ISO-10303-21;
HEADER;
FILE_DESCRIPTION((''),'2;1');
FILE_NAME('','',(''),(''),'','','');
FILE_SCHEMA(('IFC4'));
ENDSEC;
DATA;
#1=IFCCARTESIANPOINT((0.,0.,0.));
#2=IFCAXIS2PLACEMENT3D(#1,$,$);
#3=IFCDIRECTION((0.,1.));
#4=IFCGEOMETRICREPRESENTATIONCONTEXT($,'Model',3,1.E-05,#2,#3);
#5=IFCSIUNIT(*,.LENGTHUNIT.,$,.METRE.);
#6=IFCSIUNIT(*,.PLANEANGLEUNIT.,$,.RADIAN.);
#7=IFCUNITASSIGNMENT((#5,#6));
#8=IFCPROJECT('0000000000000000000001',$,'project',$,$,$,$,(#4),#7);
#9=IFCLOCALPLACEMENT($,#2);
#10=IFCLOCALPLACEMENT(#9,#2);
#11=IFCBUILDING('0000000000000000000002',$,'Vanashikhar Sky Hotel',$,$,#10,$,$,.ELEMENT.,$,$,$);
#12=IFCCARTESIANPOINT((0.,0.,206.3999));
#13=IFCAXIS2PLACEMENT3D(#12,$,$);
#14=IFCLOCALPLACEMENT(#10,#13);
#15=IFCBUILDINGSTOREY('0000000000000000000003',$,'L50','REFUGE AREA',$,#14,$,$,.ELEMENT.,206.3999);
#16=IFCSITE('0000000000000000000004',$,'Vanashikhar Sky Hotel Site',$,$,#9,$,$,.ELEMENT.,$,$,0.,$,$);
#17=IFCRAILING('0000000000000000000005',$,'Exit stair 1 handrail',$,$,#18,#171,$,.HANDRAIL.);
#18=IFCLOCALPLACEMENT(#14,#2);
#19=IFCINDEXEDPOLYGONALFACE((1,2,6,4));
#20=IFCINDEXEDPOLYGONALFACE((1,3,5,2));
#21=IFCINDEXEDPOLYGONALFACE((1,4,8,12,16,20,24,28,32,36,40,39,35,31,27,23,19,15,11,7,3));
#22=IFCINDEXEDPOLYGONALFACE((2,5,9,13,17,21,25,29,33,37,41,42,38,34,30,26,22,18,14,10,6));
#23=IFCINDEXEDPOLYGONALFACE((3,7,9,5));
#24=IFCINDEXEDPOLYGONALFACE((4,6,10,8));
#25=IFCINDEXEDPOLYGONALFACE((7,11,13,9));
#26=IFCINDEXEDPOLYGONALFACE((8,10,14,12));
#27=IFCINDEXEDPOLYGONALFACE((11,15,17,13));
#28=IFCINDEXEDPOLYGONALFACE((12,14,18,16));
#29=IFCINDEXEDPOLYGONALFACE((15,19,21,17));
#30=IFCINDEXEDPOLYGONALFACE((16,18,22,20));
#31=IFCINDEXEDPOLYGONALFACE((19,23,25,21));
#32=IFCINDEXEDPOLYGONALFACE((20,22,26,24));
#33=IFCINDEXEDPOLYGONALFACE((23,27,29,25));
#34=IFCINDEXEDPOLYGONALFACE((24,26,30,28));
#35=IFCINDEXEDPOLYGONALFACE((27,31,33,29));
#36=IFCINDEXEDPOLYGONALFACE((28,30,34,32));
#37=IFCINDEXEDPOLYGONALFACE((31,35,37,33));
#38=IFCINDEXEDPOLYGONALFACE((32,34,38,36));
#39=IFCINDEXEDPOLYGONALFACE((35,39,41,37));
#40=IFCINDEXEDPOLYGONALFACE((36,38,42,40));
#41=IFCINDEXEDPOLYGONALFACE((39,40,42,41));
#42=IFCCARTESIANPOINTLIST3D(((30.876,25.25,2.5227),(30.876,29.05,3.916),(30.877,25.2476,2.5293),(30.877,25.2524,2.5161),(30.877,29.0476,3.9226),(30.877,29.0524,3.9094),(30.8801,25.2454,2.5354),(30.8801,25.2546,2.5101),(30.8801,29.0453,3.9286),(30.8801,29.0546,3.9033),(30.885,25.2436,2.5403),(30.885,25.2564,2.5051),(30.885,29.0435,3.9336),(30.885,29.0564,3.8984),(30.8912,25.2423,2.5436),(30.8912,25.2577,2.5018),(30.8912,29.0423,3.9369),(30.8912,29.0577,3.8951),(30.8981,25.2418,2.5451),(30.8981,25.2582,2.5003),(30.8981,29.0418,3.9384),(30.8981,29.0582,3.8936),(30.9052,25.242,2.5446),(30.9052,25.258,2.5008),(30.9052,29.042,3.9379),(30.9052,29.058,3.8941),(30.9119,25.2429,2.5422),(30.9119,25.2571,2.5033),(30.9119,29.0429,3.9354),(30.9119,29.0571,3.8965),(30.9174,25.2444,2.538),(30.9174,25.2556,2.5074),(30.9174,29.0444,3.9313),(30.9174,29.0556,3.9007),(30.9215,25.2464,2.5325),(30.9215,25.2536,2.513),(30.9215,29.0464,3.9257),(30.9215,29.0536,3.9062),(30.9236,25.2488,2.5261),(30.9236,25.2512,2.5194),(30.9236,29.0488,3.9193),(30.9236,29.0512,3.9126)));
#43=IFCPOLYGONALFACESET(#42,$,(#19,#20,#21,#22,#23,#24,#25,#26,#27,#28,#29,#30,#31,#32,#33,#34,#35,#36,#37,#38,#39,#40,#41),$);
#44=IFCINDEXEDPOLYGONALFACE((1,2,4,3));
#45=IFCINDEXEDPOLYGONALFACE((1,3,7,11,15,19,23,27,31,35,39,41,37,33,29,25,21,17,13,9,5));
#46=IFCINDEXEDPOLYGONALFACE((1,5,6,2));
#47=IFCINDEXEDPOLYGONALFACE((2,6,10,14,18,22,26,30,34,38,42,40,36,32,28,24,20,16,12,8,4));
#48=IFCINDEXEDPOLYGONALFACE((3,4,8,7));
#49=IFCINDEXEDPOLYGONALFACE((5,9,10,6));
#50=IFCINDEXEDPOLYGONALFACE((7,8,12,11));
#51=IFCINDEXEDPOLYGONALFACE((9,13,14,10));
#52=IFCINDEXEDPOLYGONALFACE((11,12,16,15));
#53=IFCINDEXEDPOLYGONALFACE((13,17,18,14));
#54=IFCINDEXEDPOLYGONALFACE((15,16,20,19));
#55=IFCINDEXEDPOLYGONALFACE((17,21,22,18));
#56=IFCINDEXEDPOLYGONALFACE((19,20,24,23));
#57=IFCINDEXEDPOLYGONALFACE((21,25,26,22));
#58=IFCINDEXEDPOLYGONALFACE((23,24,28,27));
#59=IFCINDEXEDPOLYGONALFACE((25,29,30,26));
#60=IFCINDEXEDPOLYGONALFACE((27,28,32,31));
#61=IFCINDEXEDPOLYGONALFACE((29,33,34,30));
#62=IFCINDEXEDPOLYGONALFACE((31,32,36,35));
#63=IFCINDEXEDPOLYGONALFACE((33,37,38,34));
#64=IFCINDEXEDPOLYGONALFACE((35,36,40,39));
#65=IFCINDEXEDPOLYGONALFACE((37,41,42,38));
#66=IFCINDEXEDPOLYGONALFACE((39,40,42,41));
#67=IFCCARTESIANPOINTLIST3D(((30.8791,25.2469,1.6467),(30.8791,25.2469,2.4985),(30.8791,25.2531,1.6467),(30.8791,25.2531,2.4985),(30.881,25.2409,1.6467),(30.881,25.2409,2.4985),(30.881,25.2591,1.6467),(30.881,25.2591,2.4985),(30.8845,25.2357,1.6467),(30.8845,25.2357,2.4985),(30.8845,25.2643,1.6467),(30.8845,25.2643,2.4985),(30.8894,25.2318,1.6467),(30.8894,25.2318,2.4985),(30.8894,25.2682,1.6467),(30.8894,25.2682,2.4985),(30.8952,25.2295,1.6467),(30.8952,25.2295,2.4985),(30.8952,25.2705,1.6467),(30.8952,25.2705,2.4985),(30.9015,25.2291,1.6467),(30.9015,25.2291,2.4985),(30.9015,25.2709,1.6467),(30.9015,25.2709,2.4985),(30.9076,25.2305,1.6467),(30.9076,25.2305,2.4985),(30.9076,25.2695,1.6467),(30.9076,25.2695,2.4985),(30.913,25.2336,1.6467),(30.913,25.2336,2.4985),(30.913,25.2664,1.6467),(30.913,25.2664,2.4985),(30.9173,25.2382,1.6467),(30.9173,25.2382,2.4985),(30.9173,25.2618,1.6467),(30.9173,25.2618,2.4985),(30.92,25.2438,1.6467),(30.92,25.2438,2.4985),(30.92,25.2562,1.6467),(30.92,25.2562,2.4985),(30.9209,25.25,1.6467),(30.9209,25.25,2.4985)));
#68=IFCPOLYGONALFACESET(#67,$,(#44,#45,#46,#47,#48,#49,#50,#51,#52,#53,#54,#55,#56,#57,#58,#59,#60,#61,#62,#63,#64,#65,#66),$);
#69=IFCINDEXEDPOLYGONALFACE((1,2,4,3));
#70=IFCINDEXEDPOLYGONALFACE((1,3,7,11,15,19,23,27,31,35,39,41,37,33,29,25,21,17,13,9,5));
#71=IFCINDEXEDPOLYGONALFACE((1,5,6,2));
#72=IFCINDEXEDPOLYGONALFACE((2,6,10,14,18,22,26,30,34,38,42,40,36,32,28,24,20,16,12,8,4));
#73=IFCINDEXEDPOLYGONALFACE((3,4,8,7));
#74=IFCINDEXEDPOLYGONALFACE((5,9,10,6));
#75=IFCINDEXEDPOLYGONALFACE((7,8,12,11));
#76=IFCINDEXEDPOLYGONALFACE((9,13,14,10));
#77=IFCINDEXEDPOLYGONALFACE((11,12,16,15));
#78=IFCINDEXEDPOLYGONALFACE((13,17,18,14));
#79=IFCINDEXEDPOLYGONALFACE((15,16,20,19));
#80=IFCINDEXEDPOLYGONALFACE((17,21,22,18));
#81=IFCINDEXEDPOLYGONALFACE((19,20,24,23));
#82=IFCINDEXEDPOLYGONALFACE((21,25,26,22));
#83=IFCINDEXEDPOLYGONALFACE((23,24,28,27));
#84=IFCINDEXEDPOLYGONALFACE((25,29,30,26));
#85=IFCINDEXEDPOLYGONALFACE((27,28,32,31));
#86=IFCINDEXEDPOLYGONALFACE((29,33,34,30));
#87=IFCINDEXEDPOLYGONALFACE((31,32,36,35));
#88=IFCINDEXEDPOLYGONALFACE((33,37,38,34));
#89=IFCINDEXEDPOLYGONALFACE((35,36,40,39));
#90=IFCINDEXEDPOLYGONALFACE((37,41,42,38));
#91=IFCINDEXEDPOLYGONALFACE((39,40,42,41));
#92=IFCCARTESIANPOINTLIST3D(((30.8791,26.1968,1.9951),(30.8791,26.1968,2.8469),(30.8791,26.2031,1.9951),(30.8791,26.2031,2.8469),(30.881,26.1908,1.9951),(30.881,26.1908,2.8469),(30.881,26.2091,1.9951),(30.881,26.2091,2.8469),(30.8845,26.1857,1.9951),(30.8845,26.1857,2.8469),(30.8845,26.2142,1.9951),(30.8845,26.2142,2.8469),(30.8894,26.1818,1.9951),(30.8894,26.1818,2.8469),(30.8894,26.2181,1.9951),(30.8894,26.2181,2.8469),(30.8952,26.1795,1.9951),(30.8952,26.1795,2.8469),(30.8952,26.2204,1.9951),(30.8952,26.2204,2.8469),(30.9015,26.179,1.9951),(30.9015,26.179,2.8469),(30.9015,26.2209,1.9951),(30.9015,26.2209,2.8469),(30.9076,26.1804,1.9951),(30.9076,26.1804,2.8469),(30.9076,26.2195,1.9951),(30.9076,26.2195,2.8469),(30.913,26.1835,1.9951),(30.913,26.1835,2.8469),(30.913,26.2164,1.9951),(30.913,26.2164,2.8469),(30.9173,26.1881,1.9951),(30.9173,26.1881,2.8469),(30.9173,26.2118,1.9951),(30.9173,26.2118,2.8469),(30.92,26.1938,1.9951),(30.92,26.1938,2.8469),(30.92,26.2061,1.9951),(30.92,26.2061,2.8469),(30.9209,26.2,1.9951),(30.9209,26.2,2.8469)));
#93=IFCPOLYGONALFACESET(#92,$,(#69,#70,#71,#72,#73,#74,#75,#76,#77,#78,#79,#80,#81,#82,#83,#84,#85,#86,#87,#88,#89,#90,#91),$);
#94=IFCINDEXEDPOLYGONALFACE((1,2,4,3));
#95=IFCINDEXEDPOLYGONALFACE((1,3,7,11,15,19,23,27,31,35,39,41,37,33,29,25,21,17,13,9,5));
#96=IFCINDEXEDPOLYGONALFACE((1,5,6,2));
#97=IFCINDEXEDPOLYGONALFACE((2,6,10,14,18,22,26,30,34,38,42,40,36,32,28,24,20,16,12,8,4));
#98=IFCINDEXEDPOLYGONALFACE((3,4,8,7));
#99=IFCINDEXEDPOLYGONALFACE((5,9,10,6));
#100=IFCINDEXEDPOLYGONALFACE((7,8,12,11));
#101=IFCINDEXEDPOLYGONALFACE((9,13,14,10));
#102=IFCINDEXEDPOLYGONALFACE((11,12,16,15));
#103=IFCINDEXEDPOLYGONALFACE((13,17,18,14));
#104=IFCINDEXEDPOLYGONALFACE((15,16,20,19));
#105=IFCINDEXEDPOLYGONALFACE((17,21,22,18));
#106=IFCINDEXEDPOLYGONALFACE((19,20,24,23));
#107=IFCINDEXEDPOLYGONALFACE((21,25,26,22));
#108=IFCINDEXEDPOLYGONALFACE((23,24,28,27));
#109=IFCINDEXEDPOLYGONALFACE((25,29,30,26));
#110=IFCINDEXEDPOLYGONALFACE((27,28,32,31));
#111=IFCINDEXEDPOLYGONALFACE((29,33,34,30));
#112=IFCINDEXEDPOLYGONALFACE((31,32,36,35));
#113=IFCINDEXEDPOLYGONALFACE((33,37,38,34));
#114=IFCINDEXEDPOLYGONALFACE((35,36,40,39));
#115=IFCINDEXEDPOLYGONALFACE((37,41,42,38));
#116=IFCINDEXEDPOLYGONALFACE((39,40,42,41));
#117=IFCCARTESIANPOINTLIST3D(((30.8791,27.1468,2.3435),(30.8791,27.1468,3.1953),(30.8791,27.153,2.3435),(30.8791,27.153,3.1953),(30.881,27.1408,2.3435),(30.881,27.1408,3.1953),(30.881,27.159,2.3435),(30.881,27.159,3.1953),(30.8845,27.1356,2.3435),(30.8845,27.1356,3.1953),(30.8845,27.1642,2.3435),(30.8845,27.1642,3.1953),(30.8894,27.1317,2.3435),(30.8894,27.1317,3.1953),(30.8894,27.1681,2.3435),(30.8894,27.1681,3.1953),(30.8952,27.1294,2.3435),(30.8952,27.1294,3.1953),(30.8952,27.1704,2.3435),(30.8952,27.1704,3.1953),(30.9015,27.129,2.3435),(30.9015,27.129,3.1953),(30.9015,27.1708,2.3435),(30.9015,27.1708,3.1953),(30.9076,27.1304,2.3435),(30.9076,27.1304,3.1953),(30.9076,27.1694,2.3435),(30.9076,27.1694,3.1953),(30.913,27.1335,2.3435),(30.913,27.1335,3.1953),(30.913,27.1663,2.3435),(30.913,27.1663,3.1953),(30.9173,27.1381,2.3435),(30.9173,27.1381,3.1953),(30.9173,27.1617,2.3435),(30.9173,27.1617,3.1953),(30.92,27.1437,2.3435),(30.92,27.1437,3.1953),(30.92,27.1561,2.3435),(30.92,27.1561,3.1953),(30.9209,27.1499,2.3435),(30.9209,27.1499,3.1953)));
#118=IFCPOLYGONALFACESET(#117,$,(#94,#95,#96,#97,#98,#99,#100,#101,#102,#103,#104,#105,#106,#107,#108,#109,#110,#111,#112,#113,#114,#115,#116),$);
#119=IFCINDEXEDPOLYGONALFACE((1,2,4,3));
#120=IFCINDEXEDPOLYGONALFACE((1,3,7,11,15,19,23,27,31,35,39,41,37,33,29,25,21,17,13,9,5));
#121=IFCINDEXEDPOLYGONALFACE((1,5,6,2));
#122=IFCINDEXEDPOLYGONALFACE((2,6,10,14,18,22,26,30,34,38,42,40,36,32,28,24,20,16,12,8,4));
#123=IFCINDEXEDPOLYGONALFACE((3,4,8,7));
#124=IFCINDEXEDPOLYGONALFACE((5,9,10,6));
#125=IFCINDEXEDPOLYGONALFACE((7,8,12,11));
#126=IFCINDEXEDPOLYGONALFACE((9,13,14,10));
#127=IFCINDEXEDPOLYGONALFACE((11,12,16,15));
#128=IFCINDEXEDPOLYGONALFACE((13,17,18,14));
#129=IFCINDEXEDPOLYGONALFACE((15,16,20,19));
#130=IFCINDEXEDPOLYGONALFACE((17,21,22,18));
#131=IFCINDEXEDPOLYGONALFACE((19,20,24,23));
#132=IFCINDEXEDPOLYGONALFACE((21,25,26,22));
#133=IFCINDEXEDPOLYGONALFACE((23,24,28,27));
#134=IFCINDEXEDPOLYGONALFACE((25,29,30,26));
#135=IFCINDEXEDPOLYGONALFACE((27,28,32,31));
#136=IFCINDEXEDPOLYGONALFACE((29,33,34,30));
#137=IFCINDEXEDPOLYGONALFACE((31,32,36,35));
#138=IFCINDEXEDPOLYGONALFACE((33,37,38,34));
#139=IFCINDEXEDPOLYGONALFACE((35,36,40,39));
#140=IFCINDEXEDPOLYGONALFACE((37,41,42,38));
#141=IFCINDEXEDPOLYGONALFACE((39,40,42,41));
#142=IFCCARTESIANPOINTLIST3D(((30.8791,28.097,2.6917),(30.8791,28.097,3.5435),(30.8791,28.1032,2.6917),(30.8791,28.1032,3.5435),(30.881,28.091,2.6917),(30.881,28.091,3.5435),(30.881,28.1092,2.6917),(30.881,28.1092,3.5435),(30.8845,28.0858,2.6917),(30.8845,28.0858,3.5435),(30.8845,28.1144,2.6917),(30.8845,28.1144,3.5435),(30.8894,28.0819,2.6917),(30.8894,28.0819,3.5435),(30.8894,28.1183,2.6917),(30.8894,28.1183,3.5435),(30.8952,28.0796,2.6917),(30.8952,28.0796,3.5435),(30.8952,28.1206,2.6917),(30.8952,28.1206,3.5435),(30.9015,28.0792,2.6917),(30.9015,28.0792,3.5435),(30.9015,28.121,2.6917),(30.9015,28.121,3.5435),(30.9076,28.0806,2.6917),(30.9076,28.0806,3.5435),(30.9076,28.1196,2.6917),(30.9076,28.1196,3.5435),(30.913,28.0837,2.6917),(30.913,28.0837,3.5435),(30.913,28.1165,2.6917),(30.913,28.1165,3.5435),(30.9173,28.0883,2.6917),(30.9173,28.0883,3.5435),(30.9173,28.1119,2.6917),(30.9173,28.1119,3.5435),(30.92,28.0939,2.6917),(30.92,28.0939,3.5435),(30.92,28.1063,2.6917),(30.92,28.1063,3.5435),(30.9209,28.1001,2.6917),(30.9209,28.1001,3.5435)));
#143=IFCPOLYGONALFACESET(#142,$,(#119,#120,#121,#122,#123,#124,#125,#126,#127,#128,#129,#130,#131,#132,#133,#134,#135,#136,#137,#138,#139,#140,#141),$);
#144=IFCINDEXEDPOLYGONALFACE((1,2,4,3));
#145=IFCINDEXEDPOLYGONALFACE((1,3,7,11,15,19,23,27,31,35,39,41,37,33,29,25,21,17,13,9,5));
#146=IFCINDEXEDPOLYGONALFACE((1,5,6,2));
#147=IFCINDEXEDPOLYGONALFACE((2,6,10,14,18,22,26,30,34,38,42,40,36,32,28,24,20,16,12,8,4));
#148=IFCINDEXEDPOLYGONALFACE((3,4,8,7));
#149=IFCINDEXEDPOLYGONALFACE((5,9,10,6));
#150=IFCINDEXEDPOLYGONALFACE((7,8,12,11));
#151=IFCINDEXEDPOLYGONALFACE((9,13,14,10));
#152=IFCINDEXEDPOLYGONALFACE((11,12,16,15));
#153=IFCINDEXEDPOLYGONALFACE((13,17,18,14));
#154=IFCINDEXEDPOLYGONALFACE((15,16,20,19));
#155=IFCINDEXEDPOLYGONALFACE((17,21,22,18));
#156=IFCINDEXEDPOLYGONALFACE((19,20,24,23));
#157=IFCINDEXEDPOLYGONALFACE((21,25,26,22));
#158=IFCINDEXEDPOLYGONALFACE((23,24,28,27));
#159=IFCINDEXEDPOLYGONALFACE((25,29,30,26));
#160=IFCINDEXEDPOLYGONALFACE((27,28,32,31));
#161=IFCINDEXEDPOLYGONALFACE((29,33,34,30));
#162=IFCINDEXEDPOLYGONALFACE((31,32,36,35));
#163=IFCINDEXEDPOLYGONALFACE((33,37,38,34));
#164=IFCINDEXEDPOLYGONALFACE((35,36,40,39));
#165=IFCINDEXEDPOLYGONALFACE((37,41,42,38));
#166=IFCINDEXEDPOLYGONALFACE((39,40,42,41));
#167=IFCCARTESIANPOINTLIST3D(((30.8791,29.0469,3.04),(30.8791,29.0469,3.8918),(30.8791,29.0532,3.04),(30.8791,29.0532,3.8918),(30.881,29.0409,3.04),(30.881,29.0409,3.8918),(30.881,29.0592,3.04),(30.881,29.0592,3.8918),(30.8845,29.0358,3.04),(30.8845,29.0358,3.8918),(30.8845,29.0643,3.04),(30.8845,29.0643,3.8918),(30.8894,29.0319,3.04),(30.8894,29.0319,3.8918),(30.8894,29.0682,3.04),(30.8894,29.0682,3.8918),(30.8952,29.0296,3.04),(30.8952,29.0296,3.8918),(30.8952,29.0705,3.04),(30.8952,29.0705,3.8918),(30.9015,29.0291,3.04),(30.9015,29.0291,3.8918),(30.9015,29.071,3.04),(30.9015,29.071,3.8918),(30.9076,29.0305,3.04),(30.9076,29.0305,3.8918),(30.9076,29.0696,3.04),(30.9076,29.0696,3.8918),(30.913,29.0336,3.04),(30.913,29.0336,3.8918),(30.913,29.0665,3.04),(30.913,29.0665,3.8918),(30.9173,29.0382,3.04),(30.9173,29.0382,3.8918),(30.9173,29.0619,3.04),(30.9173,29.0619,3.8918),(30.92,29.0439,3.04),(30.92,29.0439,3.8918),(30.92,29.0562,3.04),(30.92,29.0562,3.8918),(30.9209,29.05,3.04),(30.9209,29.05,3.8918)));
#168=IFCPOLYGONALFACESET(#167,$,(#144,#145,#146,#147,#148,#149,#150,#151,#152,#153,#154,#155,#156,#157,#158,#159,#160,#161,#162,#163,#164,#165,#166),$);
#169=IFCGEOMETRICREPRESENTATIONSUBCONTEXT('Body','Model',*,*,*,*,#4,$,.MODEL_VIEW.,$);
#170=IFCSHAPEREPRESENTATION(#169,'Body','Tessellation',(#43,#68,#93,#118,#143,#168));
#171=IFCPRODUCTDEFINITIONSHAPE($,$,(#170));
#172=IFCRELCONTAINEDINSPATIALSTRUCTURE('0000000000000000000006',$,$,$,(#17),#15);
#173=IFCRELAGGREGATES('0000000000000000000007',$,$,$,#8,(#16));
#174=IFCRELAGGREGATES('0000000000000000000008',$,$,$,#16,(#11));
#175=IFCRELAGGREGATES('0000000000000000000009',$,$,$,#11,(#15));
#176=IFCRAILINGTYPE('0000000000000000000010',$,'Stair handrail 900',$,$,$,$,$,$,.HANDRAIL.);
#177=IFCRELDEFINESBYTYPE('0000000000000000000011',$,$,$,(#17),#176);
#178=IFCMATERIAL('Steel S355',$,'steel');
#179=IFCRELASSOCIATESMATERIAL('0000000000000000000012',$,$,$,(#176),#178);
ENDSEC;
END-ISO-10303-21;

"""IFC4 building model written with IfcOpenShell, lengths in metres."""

from ifc_helpers import new_model, si_unit, direction, frame, origin, origin_2d, place, context, subcontext, project, spatial, circle, extrude, source, transform, mapped, material, type_object, element, save


model = new_model("IFC4")

# Units and contexts
model_context = context("Model", 3, precision=1e-05, world=origin(), true_north=direction((0.0, 1.0)))
body_context = subcontext(model_context, "Body", "Model", "MODEL_VIEW")
ifc_project = project(units=[si_unit("LENGTHUNIT", "METRE"), si_unit("PLANEANGLEUNIT", "RADIAN")], contexts=[model_context])

# Site, building, storey
site_placement = place(None, origin())
site = spatial("IfcSite", under=ifc_project, at=site_placement, Name="Vanashikhar Sky Hotel Site", CompositionType="ELEMENT", RefElevation=0.0)
building_placement = place(site_placement, origin())
building = spatial("IfcBuilding", under=site, at=building_placement, Name="Vanashikhar Sky Hotel", CompositionType="ELEMENT")
storey_placement = place(building_placement, frame((0.0, 0.0, 206.3999)))
storey = spatial("IfcBuildingStorey", under=building, at=storey_placement, Name="L50", Description="REFUGE AREA", CompositionType="ELEMENT", Elevation=206.3999)

# Railing
ifc_material_1 = material(Name="Steel S355", Category="steel")
railing_type_1 = type_object("IfcRailingType", Name="Stair handrail 900", PredefinedType="HANDRAIL", material=ifc_material_1)
shared_shape_1 = source(origin(), body_context, "Body", "SweptSolid", [
    extrude(circle(Radius=0.0239, at=origin_2d()), frame((0.0, 0.0, 0.876), z_axis=(0.0, 0.93888, 0.344246), x_axis=(-1.0, 0.0, 0.0)), (0.0, 0.0, 1.0), 4.0474),
    extrude(circle(Radius=0.021, at=origin_2d()), origin(), (0.0, 0.0, 1.0), 0.8518),
    extrude(circle(Radius=0.021, at=origin_2d()), frame((0.0, 0.95, 0.3484)), (0.0, 0.0, 1.0), 0.8518),
    extrude(circle(Radius=0.021, at=origin_2d()), frame((0.0, 1.8999, 0.6968)), (0.0, 0.0, 1.0), 0.8518),
    extrude(circle(Radius=0.021, at=origin_2d()), frame((0.0, 2.8501, 1.0449)), (0.0, 0.0, 1.0), 0.8518),
    extrude(circle(Radius=0.021, at=origin_2d()), frame((0.0, 3.8, 1.3933)), (0.0, 0.0, 1.0), 0.8518),
])
for number, where, name in (
    (1, (30.8999, 25.25, 1.6467), "Exit stair 1 handrail"),
):
    element("IfcRailing", number, at=place(storey_placement, frame(where)), inside=storey, type_object=railing_type_1, Name=name, PredefinedType="HANDRAIL", context=body_context, shape_type="MappedRepresentation", body=[
        mapped(shared_shape_1, transform((0.0, 0.0, 0.0), scale=1.0)),
    ])

save(model, "model.ifc")
